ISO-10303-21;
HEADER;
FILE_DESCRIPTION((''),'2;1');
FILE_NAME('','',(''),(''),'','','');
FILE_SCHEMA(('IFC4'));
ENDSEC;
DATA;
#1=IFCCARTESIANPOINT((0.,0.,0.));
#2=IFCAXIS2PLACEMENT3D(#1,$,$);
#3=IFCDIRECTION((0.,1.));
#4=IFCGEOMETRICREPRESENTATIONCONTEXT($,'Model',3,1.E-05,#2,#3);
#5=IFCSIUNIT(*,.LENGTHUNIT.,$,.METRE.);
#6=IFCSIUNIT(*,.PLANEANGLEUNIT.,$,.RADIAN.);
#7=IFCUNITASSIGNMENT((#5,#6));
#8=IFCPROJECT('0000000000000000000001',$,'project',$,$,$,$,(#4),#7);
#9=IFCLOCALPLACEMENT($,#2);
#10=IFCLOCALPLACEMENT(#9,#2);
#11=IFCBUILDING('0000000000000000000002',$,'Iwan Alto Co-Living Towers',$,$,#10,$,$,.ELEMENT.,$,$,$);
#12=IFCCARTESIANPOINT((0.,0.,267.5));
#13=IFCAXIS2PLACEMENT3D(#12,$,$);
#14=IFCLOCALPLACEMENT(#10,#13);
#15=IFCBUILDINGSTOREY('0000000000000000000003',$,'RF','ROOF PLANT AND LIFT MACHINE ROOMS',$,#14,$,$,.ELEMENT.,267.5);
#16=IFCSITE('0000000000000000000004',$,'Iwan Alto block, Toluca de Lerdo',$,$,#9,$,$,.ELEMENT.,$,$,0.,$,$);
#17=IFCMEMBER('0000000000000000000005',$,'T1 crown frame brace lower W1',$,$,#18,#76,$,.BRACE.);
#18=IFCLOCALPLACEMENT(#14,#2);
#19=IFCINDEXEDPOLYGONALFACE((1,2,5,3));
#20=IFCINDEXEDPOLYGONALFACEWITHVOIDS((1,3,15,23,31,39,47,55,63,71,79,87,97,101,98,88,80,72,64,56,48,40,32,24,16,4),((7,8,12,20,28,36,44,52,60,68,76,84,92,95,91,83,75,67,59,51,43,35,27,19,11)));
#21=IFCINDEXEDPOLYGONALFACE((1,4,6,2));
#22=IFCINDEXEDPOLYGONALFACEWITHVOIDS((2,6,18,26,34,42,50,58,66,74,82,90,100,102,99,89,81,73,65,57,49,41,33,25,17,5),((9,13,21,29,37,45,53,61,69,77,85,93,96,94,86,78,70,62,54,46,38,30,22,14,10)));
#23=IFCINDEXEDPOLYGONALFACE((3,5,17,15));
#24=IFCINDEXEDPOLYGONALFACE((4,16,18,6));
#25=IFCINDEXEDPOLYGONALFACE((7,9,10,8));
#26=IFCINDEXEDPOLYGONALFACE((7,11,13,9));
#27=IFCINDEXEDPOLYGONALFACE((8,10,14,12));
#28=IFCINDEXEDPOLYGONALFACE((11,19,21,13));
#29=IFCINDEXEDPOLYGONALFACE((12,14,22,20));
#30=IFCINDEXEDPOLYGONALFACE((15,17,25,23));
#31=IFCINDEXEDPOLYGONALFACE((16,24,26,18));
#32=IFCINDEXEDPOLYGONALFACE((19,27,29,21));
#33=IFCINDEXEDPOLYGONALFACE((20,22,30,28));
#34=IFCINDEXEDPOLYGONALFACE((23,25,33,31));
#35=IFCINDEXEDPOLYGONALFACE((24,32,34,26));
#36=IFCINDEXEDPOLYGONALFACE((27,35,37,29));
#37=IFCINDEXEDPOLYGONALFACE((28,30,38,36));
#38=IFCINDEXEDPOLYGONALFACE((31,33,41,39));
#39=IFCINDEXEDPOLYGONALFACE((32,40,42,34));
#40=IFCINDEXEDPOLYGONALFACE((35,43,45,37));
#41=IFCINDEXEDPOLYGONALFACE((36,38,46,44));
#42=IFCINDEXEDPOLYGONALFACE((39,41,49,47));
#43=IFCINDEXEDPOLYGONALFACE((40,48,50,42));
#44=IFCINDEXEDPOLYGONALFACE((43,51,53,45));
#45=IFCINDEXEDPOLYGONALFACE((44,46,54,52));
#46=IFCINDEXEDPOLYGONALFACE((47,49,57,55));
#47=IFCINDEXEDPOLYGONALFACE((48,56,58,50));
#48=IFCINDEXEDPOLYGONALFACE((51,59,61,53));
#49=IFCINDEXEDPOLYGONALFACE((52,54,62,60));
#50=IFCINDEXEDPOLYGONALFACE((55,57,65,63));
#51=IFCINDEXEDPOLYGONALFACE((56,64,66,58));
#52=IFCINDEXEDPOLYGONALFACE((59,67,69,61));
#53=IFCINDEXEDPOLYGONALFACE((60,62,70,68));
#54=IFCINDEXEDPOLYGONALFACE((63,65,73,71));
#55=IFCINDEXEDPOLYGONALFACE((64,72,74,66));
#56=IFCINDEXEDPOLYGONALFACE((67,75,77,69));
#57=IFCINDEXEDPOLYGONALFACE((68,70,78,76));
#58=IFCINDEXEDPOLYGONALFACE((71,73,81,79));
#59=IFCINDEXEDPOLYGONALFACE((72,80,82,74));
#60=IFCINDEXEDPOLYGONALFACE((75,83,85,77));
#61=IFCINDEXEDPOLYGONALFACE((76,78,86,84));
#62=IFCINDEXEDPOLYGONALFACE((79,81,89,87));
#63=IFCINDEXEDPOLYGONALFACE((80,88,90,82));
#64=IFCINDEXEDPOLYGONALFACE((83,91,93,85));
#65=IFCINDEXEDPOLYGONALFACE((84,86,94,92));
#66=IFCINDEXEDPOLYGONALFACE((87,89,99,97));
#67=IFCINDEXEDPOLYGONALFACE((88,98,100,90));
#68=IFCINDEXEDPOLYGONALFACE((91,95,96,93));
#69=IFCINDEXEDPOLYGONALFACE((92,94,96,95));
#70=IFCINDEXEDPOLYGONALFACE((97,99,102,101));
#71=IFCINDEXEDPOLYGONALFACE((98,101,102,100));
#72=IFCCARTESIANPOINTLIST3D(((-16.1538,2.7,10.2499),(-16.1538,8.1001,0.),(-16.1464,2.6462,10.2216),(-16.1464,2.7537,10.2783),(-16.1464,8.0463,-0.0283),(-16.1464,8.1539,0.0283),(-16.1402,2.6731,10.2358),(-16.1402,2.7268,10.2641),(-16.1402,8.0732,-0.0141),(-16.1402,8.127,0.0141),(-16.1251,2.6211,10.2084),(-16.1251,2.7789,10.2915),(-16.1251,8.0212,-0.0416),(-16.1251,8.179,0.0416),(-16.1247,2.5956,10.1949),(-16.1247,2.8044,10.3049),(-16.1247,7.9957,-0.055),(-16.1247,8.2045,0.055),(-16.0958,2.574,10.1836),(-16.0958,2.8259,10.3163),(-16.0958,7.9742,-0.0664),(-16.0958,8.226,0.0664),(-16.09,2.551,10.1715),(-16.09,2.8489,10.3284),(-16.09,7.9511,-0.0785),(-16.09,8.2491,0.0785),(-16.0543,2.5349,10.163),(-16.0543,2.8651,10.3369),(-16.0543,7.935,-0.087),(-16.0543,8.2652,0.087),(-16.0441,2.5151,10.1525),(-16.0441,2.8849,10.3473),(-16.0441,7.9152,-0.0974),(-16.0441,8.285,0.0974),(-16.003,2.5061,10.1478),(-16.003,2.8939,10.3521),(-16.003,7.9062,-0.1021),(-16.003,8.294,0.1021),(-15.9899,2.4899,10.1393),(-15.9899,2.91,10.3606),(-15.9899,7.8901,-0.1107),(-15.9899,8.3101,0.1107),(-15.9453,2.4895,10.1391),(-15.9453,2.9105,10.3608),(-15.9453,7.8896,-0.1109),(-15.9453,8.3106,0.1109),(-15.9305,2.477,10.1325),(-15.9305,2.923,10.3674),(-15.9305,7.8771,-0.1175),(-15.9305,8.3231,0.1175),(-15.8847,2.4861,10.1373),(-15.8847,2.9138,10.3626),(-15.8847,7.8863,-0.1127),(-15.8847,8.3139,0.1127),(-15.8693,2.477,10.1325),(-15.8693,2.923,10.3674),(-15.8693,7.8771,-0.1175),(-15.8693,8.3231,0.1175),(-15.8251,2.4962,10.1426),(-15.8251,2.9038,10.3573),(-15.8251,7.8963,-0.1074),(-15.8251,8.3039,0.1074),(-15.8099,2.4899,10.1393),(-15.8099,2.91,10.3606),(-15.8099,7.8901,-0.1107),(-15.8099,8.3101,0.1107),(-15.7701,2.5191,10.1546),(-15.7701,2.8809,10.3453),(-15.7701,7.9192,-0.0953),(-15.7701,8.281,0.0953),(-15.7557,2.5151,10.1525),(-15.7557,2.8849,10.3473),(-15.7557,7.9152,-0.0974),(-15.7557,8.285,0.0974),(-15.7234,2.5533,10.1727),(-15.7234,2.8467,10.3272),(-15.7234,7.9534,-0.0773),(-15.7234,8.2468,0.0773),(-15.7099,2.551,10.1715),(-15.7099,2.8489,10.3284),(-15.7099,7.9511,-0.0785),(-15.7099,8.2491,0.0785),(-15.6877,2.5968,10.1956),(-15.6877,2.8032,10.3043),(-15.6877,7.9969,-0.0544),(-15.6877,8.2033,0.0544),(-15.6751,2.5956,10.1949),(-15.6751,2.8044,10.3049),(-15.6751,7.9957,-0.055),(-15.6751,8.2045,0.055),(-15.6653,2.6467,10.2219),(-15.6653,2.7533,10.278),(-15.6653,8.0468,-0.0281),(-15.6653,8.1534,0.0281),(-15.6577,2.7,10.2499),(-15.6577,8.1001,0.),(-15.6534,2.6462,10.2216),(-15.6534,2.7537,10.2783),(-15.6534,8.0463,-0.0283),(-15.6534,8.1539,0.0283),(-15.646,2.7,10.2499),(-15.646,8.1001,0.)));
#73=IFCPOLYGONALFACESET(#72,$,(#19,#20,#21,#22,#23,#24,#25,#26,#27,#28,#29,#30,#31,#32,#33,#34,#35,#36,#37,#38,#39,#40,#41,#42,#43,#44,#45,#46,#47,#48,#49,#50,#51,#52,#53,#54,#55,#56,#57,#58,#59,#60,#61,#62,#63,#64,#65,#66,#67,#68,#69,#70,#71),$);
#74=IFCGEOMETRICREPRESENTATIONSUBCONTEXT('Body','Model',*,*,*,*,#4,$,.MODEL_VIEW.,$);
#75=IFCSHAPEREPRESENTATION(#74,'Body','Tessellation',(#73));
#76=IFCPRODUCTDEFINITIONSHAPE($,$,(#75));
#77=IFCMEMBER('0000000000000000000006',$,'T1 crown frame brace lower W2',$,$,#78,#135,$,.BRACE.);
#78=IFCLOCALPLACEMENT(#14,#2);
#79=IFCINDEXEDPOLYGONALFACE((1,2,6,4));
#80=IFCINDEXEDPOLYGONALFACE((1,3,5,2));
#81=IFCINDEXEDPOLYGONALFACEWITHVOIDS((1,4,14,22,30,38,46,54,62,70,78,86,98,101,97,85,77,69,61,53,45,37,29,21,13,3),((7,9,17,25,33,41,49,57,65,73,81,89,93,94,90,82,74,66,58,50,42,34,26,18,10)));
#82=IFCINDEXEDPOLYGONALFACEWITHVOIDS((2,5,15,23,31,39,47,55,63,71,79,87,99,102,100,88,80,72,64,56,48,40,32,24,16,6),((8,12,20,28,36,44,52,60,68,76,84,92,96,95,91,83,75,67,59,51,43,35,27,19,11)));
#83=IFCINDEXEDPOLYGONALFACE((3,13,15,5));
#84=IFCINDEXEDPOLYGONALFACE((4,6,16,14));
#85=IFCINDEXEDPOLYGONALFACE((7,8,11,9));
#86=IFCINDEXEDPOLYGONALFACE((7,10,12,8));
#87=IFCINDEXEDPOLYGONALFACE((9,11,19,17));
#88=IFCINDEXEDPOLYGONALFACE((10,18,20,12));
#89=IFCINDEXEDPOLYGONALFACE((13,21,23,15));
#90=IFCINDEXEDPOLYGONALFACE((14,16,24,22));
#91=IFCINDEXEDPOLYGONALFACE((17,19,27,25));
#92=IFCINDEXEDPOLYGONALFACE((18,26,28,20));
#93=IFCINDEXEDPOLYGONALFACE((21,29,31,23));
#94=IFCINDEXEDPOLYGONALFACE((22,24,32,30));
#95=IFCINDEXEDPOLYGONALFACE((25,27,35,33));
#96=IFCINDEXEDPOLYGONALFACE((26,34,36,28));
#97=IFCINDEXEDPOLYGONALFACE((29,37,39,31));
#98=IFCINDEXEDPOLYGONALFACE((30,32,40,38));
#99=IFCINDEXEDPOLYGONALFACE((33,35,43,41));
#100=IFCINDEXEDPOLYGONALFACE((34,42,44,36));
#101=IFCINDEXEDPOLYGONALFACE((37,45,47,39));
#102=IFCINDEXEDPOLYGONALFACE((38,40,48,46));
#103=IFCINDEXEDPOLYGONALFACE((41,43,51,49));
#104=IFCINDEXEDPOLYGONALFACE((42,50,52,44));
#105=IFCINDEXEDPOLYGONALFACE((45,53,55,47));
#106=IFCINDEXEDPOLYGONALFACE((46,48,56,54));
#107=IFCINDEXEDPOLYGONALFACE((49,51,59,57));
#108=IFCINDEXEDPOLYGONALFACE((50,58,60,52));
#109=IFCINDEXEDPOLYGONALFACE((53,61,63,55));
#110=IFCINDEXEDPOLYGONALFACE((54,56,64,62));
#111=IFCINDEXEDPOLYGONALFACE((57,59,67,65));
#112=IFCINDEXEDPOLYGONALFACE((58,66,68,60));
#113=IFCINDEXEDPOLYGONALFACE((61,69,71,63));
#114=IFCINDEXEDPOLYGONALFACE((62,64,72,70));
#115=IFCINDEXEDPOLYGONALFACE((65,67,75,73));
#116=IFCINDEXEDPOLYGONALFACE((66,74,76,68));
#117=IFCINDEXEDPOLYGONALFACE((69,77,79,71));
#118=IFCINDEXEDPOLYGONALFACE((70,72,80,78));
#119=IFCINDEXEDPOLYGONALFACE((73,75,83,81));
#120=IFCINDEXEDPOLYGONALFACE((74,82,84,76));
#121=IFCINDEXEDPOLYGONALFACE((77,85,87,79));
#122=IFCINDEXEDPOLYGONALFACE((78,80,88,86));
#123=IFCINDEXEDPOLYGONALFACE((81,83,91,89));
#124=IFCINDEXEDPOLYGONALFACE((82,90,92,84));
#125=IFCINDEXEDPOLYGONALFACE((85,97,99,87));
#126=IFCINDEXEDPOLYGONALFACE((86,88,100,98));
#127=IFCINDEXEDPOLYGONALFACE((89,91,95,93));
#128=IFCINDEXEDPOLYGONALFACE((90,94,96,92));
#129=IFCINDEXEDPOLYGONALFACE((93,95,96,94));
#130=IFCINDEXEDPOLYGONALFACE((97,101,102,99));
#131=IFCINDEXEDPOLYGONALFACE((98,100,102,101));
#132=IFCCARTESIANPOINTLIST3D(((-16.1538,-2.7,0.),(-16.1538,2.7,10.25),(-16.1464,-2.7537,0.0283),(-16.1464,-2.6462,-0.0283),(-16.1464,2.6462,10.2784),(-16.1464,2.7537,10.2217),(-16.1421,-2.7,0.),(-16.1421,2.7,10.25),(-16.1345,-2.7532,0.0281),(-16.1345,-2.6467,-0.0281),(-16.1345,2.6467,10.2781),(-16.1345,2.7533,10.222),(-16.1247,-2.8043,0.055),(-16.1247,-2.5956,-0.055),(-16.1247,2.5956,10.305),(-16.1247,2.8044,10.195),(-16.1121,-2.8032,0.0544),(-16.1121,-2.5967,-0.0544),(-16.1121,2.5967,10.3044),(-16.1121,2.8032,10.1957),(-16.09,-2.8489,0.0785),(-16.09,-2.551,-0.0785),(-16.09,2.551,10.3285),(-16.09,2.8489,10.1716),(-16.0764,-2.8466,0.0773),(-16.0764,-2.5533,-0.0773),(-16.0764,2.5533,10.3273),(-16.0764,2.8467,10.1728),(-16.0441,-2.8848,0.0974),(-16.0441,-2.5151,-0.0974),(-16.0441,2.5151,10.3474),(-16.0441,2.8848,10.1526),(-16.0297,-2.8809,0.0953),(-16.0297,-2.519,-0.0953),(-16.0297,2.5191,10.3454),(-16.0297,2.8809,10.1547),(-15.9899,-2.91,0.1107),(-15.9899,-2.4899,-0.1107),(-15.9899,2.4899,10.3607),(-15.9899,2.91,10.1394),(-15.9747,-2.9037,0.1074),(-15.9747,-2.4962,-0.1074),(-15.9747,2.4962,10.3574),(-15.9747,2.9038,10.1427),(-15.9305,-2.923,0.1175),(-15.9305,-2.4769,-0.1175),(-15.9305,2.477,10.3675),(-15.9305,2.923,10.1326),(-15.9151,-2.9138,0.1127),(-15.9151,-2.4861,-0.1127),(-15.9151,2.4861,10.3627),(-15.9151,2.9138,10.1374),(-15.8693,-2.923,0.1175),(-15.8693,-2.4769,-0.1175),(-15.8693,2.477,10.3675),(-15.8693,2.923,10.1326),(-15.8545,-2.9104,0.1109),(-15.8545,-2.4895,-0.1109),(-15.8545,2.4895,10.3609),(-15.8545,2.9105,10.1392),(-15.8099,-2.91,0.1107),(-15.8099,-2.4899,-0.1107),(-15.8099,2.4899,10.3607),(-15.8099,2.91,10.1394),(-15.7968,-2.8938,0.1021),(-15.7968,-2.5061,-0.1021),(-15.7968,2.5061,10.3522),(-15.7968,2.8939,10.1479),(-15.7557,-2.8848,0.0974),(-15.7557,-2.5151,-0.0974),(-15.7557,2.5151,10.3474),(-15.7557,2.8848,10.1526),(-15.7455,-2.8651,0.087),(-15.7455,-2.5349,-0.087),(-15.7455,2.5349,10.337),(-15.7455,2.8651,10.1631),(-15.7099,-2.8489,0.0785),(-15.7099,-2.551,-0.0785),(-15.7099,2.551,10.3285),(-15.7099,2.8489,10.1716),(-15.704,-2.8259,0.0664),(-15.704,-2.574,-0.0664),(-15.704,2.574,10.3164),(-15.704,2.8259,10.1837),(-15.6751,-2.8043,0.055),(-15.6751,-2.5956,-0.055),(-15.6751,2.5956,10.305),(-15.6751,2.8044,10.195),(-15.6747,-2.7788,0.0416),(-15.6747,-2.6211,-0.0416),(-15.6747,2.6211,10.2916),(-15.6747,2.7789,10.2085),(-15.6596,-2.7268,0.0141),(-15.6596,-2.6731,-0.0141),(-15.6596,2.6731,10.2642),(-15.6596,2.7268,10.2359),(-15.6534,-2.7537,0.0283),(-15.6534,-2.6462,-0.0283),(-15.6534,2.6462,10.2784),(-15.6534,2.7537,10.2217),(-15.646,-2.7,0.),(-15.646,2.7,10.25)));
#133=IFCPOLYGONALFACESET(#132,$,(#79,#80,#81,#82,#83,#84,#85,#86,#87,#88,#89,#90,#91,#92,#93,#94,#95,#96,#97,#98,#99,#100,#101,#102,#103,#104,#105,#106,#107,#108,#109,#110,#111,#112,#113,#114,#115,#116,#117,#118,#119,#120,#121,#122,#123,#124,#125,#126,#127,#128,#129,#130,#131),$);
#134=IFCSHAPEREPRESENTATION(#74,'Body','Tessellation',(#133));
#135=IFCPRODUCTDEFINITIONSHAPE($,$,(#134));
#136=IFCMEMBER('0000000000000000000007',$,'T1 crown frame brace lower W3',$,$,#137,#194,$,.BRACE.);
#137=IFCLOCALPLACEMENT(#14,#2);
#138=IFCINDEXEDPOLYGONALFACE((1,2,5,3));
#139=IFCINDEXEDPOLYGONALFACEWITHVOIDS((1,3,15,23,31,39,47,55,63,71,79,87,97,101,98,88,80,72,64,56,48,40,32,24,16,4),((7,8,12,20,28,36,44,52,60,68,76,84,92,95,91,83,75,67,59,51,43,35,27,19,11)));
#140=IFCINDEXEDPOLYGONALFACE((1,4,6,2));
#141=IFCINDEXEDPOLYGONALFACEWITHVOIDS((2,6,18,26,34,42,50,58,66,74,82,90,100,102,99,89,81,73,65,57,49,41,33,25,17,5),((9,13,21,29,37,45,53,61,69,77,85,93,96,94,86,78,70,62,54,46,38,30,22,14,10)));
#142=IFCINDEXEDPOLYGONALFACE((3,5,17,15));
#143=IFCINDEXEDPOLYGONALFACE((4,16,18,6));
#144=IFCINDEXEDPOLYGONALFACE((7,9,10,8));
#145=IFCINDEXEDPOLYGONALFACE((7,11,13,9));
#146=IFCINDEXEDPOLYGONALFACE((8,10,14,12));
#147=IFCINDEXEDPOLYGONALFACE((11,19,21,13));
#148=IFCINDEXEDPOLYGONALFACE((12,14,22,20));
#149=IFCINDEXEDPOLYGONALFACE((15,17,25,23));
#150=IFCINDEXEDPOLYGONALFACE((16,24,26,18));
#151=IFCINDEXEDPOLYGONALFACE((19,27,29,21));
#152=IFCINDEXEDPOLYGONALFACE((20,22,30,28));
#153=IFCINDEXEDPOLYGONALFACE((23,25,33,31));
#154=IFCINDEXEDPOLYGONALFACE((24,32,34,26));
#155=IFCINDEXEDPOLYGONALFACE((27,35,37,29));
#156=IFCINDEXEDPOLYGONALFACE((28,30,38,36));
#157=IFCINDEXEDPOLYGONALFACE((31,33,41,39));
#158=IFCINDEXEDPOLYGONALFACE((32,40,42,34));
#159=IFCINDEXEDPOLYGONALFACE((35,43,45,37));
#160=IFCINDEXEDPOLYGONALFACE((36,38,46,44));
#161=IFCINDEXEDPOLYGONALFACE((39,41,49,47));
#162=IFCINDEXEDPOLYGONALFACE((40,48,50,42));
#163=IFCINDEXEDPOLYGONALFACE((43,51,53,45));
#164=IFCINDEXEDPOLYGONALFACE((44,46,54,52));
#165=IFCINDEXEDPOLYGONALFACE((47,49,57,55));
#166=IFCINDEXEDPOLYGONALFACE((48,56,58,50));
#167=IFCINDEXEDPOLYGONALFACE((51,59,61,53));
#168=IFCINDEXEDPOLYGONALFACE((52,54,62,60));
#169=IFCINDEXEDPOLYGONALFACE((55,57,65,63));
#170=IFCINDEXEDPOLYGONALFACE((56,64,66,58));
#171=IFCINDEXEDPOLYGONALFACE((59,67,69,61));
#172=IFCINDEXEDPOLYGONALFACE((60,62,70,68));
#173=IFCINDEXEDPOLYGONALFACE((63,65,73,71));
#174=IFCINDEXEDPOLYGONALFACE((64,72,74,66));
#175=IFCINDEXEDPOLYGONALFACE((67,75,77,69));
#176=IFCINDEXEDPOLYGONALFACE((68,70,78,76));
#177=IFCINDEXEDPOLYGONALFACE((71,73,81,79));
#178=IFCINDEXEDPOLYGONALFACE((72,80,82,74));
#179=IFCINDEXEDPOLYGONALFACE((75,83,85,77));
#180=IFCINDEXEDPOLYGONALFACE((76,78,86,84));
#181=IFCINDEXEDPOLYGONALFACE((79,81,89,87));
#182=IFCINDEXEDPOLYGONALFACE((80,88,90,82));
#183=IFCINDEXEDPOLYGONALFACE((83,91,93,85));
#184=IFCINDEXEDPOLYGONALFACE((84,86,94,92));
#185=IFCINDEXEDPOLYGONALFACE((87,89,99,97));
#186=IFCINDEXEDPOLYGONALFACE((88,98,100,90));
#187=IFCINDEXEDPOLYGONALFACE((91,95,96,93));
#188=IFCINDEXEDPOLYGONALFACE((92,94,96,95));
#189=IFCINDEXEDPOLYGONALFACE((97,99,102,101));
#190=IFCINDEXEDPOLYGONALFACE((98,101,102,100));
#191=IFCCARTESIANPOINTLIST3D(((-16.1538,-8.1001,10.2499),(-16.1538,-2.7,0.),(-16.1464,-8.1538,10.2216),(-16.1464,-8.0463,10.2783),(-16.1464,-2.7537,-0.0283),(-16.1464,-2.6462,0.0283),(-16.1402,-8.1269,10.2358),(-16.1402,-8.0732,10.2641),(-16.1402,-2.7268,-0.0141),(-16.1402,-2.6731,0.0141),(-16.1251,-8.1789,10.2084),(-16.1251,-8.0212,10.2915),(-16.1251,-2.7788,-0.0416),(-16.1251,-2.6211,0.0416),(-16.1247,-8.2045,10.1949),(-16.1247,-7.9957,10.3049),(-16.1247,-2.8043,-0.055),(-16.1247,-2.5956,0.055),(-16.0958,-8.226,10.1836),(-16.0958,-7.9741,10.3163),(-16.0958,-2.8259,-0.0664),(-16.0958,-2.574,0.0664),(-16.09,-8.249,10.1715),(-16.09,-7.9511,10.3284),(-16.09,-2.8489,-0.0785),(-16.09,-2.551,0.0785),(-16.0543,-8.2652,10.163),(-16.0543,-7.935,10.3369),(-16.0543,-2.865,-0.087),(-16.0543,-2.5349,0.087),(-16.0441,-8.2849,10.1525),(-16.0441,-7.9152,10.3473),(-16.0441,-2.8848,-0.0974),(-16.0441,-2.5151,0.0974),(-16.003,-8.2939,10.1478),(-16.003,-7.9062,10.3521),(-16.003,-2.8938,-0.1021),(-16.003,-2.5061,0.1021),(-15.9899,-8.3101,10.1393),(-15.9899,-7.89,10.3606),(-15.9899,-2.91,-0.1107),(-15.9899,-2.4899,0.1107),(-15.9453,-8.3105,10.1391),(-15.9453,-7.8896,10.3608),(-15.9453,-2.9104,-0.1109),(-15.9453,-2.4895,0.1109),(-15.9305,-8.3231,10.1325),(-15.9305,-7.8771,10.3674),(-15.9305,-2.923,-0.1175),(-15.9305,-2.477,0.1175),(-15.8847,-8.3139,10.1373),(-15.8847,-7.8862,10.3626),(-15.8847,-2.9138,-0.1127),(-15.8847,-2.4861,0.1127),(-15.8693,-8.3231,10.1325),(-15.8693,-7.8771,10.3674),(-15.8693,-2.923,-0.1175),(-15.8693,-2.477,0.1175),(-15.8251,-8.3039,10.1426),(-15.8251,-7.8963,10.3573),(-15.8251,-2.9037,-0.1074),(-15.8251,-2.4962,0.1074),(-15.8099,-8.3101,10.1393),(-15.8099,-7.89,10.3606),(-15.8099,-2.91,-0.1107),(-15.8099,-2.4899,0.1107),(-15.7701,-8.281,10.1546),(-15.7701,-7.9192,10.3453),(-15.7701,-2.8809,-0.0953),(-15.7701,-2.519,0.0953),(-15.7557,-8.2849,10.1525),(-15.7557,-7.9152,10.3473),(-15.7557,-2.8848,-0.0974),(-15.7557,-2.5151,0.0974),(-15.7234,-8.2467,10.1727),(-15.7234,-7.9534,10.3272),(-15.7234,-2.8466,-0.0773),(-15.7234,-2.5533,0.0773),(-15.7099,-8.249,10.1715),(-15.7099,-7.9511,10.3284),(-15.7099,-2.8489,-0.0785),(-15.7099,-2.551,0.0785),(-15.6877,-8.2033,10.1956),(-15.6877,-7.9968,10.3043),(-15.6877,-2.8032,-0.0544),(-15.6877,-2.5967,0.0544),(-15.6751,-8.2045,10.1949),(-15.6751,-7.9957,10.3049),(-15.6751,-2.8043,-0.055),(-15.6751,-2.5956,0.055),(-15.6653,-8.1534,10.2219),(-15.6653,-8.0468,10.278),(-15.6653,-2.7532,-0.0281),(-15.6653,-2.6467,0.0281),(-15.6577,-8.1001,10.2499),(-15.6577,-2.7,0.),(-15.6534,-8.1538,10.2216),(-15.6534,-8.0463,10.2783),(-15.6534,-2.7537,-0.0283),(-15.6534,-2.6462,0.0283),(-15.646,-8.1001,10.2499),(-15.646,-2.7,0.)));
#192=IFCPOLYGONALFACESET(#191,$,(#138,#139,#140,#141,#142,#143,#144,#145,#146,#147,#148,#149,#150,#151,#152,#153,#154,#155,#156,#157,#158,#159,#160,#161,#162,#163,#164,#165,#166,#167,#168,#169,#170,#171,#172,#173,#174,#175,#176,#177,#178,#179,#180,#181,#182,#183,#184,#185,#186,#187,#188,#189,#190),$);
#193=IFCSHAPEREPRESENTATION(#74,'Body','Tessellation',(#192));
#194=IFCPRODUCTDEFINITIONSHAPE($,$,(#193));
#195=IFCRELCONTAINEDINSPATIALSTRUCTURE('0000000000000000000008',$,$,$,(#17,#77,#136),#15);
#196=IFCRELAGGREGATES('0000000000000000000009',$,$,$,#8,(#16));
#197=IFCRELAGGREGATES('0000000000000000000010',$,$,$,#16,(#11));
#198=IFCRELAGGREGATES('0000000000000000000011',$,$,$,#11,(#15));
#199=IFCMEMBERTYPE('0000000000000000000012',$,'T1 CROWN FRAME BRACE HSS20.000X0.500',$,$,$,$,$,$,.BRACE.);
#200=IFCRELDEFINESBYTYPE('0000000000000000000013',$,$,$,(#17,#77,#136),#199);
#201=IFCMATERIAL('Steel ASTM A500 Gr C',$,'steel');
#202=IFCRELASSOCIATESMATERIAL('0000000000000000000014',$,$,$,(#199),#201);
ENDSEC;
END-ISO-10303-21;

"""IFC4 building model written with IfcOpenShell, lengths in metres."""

from ifc_helpers import new_model, si_unit, direction, frame, origin, origin_2d, place, context, subcontext, project, spatial, hollow_circle, extrude, material, material_profile, profile_set, type_object, element, save


model = new_model("IFC4")

# Units and contexts
model_context = context("Model", 3, precision=1e-05, world=origin(), true_north=direction((0.0, 1.0)))
body_context = subcontext(model_context, "Body", "Model", "MODEL_VIEW")
ifc_project = project(units=[si_unit("LENGTHUNIT", "METRE"), si_unit("PLANEANGLEUNIT", "RADIAN")], contexts=[model_context])

# Site, building, storey
site_placement = place(None, origin())
site = spatial("IfcSite", under=ifc_project, at=site_placement, Name="Iwan Alto block, Toluca de Lerdo", CompositionType="ELEMENT", RefElevation=0.0)
building_placement = place(site_placement, origin())
building = spatial("IfcBuilding", under=site, at=building_placement, Name="Iwan Alto Co-Living Towers", CompositionType="ELEMENT")
storey_placement = place(building_placement, frame((0.0, 0.0, 267.5)))
storey = spatial("IfcBuildingStorey", under=building, at=storey_placement, Name="RF", Description="ROOF PLANT AND LIFT MACHINE ROOMS", CompositionType="ELEMENT", Elevation=267.5)

# Members
ifc_material_1 = material(Name="Steel ASTM A500 Gr C", Category="steel")
ifc_material_profile_1 = material_profile(ifc_material_1, hollow_circle(Radius=0.2539, WallThickness=0.0117, at=origin_2d()), Name="HSS20.000X0.500")
ifc_profile_set_1 = profile_set([ifc_material_profile_1], Name="Steel ASTM A500 Gr C")
member_type = type_object("IfcMemberType", Name="T1 CROWN FRAME BRACE HSS20.000X0.500", PredefinedType="BRACE", material=ifc_profile_set_1)
for number, where, z_axis, x_axis, name in (
    (1, (-15.8999, 8.1001, 0.0), (0.0, -0.466112, 0.884726), (1.0, 0.0, 0.0), "T1 crown frame brace lower W1"),
    (2, (-15.8999, -2.7, 0.0), (0.0, 0.466096, 0.884734), (-1.0, 0.0, 0.0), "T1 crown frame brace lower W2"),
    (3, (-15.8999, -2.7, 0.0), (0.0, -0.466112, 0.884726), (1.0, 0.0, 0.0), "T1 crown frame brace lower W3"),
):
    element("IfcMember", number, at=place(storey_placement, frame(where, z_axis=z_axis, x_axis=x_axis)), inside=storey, type_object=member_type, Name=name, PredefinedType="BRACE", context=body_context, shape_type="SweptSolid", body=[
        extrude(hollow_circle(Radius=0.2539, WallThickness=0.0117, at=origin_2d()), origin(), (0.0, 0.0, 1.0), 11.5854),
    ])

save(model, "model.ifc")
